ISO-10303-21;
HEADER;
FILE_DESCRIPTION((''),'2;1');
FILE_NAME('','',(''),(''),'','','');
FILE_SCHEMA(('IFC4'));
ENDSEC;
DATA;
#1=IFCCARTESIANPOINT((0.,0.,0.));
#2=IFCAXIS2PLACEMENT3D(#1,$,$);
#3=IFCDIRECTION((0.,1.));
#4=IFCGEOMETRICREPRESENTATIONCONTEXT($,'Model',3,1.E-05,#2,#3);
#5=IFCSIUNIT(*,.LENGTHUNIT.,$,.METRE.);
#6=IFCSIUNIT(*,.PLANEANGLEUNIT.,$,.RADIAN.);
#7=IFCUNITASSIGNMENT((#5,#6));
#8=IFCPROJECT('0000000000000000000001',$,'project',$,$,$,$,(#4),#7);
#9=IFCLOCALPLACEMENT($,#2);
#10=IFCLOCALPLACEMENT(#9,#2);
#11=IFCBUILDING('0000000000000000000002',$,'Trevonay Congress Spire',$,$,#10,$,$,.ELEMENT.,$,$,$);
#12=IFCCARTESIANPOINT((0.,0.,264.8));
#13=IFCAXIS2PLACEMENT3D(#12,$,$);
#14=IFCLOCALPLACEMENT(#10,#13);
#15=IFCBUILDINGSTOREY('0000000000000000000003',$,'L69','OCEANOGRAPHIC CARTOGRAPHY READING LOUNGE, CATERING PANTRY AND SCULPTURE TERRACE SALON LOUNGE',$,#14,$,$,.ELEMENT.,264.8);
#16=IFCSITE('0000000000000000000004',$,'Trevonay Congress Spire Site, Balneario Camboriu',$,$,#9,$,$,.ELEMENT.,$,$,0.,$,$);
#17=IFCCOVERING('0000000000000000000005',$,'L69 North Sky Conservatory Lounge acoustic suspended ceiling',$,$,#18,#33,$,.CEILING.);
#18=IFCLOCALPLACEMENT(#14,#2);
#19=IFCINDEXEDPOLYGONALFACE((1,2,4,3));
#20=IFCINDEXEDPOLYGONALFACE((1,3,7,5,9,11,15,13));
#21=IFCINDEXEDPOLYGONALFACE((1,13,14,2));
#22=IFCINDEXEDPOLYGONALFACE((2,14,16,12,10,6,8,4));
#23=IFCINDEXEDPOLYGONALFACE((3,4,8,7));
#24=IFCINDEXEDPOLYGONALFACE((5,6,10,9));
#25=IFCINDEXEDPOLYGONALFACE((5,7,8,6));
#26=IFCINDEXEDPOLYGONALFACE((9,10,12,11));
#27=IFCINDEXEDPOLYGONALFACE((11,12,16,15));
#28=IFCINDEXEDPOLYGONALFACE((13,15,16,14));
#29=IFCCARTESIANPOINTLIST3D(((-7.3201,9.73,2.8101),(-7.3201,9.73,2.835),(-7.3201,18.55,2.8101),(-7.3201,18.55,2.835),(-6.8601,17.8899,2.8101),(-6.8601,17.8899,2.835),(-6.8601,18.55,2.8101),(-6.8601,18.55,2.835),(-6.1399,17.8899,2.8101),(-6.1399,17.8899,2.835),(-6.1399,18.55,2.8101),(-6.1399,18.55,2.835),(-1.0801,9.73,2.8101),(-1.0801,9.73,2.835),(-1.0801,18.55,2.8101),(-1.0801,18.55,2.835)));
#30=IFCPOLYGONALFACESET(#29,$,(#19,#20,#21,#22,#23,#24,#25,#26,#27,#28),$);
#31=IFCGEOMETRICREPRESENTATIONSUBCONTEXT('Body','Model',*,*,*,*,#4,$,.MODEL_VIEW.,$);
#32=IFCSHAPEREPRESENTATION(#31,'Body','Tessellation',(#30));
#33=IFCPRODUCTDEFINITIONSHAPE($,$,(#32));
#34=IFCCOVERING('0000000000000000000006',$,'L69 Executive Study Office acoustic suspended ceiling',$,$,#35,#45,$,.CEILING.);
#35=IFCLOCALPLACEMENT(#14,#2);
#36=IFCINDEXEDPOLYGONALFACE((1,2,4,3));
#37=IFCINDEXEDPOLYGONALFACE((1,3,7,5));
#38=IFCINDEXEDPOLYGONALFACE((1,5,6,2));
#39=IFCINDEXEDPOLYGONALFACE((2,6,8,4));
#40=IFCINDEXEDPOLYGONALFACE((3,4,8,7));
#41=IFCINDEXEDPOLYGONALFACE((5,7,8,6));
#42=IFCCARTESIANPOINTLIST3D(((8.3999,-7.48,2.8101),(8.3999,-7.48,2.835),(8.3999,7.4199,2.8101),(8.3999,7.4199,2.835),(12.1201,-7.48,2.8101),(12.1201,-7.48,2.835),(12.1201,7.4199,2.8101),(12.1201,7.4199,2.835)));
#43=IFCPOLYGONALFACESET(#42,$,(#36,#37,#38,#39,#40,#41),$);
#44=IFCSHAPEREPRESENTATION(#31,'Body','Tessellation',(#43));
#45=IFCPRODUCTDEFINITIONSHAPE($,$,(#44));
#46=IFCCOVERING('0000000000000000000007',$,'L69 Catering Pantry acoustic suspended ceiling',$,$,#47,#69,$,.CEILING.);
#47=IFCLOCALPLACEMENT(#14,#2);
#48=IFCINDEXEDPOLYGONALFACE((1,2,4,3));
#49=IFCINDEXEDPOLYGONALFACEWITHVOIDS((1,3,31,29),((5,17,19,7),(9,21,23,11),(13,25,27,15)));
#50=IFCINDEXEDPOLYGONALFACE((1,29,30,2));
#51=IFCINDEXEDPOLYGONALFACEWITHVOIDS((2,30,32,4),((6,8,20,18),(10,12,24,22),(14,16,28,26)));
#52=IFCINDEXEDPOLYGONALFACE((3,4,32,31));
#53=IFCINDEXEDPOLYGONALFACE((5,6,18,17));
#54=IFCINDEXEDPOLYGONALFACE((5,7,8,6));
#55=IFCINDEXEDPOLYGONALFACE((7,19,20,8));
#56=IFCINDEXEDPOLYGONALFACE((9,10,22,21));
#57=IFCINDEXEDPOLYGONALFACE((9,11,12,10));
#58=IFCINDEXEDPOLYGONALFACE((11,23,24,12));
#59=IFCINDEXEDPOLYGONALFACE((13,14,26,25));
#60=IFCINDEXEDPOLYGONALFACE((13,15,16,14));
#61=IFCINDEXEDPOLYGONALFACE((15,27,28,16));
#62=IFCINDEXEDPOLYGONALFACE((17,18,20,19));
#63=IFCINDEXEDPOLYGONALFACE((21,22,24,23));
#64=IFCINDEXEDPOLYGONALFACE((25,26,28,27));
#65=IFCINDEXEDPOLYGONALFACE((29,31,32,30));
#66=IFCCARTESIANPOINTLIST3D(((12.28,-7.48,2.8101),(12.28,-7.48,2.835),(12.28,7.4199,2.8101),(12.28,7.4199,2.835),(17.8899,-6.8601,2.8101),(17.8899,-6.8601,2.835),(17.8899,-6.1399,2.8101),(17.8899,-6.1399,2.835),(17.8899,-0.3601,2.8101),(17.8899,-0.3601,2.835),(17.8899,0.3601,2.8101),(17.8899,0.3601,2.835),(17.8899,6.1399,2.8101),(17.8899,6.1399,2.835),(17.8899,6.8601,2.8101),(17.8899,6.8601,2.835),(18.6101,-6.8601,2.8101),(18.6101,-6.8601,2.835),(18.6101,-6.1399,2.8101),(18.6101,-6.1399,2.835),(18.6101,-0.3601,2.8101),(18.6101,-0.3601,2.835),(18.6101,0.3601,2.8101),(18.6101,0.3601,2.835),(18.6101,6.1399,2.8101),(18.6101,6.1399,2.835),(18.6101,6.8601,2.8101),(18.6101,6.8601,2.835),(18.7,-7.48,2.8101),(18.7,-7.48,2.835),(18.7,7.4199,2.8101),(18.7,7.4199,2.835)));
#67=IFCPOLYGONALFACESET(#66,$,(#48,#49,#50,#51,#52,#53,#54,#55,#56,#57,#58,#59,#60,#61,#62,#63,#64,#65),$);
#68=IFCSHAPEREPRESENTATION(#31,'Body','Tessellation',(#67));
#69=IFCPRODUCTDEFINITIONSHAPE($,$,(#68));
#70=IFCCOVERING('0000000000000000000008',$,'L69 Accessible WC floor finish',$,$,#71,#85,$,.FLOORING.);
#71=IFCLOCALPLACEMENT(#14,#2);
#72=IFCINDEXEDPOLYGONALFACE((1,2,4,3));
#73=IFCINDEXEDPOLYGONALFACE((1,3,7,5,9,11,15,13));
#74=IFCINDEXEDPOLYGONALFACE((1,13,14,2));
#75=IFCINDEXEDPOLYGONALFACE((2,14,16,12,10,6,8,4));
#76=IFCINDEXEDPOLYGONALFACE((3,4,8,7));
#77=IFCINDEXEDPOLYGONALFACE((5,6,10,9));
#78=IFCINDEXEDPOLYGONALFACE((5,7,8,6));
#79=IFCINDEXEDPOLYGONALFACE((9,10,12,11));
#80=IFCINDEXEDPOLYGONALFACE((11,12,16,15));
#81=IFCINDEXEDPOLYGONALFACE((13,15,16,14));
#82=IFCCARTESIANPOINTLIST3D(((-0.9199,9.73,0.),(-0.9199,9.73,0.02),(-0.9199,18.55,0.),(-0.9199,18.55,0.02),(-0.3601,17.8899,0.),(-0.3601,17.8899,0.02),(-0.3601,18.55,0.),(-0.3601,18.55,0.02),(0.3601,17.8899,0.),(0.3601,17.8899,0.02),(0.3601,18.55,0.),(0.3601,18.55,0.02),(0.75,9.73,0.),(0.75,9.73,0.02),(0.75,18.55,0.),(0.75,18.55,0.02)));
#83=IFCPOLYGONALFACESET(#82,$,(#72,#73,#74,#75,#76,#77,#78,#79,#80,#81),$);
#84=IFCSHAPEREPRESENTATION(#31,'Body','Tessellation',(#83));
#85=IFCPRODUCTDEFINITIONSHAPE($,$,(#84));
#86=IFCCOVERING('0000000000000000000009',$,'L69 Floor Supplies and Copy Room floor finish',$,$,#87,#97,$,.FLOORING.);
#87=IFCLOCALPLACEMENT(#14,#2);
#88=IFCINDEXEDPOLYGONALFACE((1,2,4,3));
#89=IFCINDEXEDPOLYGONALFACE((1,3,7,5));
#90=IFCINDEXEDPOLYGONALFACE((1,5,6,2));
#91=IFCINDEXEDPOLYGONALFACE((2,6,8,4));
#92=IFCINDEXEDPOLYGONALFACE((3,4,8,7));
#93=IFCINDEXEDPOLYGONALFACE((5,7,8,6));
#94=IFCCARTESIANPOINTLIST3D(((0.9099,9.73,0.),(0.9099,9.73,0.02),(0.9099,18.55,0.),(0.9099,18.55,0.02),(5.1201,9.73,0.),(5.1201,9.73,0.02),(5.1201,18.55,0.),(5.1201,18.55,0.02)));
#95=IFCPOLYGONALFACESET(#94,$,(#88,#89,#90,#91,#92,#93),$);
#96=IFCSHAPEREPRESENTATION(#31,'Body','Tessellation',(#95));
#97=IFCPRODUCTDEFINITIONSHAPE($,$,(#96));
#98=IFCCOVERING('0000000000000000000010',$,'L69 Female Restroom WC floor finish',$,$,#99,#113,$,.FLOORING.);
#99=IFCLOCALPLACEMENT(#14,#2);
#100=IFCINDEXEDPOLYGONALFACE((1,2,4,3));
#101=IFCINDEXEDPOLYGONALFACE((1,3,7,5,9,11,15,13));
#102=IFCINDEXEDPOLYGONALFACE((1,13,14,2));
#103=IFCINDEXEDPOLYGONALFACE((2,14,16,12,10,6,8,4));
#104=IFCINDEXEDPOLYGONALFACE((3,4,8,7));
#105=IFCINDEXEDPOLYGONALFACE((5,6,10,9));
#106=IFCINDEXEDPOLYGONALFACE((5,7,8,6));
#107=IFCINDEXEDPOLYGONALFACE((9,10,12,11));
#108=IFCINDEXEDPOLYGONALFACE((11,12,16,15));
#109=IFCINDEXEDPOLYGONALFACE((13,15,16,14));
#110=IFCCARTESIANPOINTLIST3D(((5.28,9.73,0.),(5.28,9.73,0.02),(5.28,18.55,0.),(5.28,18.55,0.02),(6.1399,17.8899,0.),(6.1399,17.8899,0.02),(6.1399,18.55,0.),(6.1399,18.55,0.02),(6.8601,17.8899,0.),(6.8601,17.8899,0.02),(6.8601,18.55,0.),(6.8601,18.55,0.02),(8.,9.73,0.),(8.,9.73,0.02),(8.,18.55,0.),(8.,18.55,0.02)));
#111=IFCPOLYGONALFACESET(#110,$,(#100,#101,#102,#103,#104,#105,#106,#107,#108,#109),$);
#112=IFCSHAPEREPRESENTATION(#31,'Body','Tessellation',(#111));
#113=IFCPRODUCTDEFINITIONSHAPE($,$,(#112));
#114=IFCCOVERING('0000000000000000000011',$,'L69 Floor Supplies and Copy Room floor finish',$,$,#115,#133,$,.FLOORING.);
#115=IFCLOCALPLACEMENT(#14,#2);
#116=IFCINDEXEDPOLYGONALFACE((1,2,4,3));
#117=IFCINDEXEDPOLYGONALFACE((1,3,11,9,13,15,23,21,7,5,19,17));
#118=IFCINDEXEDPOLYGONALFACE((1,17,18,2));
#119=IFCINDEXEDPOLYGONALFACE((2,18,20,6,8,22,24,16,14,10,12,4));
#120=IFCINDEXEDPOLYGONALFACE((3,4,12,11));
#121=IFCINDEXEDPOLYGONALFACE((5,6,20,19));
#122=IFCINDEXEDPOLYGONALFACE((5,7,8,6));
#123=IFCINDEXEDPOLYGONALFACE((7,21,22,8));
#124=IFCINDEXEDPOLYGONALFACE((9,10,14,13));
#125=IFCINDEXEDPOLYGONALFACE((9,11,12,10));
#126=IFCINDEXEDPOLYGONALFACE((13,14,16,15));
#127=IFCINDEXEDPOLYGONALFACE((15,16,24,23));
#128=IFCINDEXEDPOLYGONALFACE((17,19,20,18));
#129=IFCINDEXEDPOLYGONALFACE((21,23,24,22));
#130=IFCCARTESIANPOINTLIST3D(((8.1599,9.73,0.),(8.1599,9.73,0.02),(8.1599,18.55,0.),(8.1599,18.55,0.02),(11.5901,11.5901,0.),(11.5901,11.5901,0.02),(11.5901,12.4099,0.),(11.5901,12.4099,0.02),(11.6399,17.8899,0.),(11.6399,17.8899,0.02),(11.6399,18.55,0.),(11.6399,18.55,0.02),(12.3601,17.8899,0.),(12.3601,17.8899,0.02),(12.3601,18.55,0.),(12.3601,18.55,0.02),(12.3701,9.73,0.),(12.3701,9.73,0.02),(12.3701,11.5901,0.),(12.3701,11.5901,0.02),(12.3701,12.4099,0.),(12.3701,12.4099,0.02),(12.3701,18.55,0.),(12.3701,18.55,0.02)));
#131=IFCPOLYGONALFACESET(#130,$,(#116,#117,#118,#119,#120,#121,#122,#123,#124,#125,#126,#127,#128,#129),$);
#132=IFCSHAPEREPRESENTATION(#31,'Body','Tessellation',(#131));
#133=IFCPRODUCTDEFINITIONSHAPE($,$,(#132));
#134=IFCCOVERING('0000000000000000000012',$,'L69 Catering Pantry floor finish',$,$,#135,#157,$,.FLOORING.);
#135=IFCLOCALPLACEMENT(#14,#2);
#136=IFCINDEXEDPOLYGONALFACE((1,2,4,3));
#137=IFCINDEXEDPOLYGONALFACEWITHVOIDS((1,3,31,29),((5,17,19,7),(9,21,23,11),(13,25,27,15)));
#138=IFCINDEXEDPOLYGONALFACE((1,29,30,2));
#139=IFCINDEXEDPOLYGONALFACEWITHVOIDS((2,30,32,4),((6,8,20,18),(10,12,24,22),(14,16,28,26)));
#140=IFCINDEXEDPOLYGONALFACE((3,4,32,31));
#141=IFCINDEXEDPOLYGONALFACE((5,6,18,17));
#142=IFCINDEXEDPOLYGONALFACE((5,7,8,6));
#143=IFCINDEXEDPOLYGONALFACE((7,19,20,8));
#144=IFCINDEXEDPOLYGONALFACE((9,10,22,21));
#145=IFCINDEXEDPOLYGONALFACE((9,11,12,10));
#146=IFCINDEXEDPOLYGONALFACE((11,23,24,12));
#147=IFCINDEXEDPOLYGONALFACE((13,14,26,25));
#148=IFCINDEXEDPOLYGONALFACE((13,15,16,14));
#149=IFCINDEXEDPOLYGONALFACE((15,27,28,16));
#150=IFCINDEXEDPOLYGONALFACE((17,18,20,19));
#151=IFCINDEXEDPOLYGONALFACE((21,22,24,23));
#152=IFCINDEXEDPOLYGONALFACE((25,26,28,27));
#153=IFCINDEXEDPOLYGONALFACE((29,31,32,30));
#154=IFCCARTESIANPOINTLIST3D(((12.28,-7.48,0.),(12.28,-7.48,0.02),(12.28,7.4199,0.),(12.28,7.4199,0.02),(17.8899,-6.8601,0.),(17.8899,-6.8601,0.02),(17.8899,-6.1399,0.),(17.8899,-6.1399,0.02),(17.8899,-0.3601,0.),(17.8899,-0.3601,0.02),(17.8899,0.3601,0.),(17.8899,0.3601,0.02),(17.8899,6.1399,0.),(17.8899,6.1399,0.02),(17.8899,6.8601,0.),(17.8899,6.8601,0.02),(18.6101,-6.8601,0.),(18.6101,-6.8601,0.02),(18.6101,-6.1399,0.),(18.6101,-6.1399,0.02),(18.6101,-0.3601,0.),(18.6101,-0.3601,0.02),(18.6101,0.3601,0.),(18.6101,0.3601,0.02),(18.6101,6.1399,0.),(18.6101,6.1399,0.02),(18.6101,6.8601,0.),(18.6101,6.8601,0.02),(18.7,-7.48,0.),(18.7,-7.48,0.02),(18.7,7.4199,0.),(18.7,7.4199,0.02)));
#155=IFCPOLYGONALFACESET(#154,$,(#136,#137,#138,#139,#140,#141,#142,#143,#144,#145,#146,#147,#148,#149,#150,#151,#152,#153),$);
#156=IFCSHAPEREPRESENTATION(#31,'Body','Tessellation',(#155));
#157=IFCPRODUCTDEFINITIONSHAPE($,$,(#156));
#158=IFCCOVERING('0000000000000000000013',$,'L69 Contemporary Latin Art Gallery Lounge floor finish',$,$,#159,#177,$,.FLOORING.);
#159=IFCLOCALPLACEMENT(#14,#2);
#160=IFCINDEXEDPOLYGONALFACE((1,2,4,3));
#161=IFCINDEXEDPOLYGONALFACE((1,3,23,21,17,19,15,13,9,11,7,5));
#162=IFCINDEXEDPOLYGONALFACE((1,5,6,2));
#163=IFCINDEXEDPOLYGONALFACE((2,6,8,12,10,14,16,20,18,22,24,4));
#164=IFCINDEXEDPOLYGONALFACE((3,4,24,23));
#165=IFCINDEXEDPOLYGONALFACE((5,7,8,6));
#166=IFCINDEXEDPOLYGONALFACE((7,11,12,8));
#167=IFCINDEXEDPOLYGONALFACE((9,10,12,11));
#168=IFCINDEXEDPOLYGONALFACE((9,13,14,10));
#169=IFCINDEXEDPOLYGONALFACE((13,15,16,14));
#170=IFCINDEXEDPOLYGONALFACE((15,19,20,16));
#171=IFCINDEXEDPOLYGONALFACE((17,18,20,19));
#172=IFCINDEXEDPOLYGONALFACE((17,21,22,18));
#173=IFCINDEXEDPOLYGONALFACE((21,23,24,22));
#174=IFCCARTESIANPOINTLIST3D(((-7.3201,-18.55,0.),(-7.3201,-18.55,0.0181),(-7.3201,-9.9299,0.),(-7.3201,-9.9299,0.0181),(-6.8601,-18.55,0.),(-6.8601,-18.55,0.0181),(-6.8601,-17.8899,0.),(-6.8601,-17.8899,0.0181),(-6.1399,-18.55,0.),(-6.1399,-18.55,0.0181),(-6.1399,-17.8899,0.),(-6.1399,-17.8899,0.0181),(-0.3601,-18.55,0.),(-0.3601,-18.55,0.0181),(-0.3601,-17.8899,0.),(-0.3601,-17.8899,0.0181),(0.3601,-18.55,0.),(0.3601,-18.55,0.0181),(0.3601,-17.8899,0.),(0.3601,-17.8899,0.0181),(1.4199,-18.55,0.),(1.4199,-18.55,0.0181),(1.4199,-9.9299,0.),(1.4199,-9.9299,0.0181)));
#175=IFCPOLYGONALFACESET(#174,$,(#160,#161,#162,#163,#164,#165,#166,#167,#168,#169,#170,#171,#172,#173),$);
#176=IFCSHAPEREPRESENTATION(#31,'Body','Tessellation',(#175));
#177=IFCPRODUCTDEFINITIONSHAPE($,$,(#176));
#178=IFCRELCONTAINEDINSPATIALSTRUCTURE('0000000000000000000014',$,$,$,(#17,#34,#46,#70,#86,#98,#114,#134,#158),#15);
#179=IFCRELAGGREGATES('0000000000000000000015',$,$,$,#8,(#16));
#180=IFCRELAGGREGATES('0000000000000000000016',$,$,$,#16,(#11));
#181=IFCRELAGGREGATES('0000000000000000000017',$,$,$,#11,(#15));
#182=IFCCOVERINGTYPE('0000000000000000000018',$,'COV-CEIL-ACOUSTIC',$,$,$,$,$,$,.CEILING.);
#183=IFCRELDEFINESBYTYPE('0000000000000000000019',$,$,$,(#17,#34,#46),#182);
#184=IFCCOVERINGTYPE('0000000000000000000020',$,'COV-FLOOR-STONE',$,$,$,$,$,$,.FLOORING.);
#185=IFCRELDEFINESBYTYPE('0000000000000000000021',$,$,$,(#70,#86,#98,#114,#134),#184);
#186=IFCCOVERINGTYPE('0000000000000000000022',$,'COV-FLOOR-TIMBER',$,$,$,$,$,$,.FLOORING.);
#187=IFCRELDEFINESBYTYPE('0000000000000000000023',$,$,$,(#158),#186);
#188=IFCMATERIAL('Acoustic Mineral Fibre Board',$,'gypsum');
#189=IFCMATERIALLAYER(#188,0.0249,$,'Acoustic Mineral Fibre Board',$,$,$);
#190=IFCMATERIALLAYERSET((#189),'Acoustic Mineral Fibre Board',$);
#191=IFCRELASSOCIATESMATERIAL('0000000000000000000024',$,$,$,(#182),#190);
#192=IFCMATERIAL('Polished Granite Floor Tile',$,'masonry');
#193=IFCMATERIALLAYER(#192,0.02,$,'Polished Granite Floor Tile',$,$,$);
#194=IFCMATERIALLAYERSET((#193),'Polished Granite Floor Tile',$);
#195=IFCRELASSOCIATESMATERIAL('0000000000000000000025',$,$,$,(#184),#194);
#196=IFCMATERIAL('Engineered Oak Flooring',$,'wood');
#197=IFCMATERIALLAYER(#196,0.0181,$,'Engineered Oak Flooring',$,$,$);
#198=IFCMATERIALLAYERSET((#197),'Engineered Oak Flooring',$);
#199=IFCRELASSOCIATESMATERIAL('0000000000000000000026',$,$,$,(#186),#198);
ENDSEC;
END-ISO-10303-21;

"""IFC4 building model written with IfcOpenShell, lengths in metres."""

from ifc_helpers import new_model, si_unit, direction, frame, origin, place, context, subcontext, project, spatial, polyline, outline, extrude, material, layer, layer_set, type_object, element, save


model = new_model("IFC4")

# Units and contexts
model_context = context("Model", 3, precision=1e-05, world=origin(), true_north=direction((0.0, 1.0)))
body_context = subcontext(model_context, "Body", "Model", "MODEL_VIEW")
ifc_project = project(units=[si_unit("LENGTHUNIT", "METRE"), si_unit("PLANEANGLEUNIT", "RADIAN")], contexts=[model_context])

# Site, building, storey
site_placement = place(None, origin())
site = spatial("IfcSite", under=ifc_project, at=site_placement, Name="Trevonay Congress Spire Site, Balneario Camboriu", CompositionType="ELEMENT", RefElevation=0.0)
building_placement = place(site_placement, origin())
building = spatial("IfcBuilding", under=site, at=building_placement, Name="Trevonay Congress Spire", CompositionType="ELEMENT")
storey_placement = place(building_placement, frame((0.0, 0.0, 264.8)))
storey = spatial("IfcBuildingStorey", under=building, at=storey_placement, Name="L69", Description="OCEANOGRAPHIC CARTOGRAPHY READING LOUNGE, CATERING PANTRY AND SCULPTURE TERRACE SALON LOUNGE", CompositionType="ELEMENT", Elevation=264.8)

# Coverings
ifc_material_1 = material(Name="Acoustic Mineral Fibre Board", Category="gypsum")
ifc_layer_1 = layer(ifc_material_1, 0.0249, Name="Acoustic Mineral Fibre Board")
ifc_layer_set_1 = layer_set([ifc_layer_1], Name="Acoustic Mineral Fibre Board")
covering_type_1 = type_object("IfcCoveringType", Name="COV-CEIL-ACOUSTIC", PredefinedType="CEILING", material=ifc_layer_set_1)
covering_1_placement = place(storey_placement, frame((0.0, 0.0, 2.8101)))
element("IfcCovering", 1, at=covering_1_placement, inside=storey, type_object=covering_type_1, Name="L69 North Sky Conservatory Lounge acoustic suspended ceiling", PredefinedType="CEILING", context=body_context, shape_type="SweptSolid", body=[
    extrude(outline(polyline([(-1.0801, 18.55), (-1.0801, 9.73), (-7.3201, 9.73), (-7.3201, 18.55), (-6.8601, 18.55), (-6.8601, 17.8899), (-6.1399, 17.8899), (-6.1399, 18.55), (-1.0801, 18.55)])), origin(), (0.0, 0.0, 1.0), 0.0249),
])
covering_2_placement = place(storey_placement, frame((0.0, 0.0, 2.8101)))
element("IfcCovering", 2, at=covering_2_placement, inside=storey, type_object=covering_type_1, Name="L69 Executive Study Office acoustic suspended ceiling", PredefinedType="CEILING", context=body_context, shape_type="SweptSolid", body=[
    extrude(outline(polyline([(8.3999, -7.48), (12.1201, -7.48), (12.1201, 7.4199), (8.3999, 7.4199), (8.3999, -7.48)])), origin(), (0.0, 0.0, 1.0), 0.0249),
])
covering_3_placement = place(storey_placement, frame((0.0, 0.0, 2.8101)))
element("IfcCovering", 3, at=covering_3_placement, inside=storey, type_object=covering_type_1, Name="L69 Catering Pantry acoustic suspended ceiling", PredefinedType="CEILING", context=body_context, shape_type="SweptSolid", body=[
    extrude(outline(polyline([(12.28, 7.4199), (18.7, 7.4199), (18.7, -7.48), (12.28, -7.48), (12.28, 7.4199)]), holes=[polyline([(17.8899, -6.8601), (18.6101, -6.8601), (18.6101, -6.1399), (17.8899, -6.1399), (17.8899, -6.8601)]), polyline([(17.8899, 0.3601), (17.8899, -0.3601), (18.6101, -0.3601), (18.6101, 0.3601), (17.8899, 0.3601)]), polyline([(17.8899, 6.8601), (17.8899, 6.1399), (18.6101, 6.1399), (18.6101, 6.8601), (17.8899, 6.8601)])]), origin(), (0.0, 0.0, 1.0), 0.0249),
])
ifc_material_2 = material(Name="Polished Granite Floor Tile", Category="masonry")
ifc_layer_2 = layer(ifc_material_2, 0.02, Name="Polished Granite Floor Tile")
ifc_layer_set_2 = layer_set([ifc_layer_2], Name="Polished Granite Floor Tile")
covering_type_2 = type_object("IfcCoveringType", Name="COV-FLOOR-STONE", PredefinedType="FLOORING", material=ifc_layer_set_2)
covering_4_placement = place(storey_placement, origin())
element("IfcCovering", 4, at=covering_4_placement, inside=storey, type_object=covering_type_2, Name="L69 Accessible WC floor finish", PredefinedType="FLOORING", context=body_context, shape_type="SweptSolid", body=[
    extrude(outline(polyline([(0.75, 18.55), (0.75, 9.73), (-0.9199, 9.73), (-0.9199, 18.55), (-0.3601, 18.55), (-0.3601, 17.8899), (0.3601, 17.8899), (0.3601, 18.55), (0.75, 18.55)])), origin(), (0.0, 0.0, 1.0), 0.02),
])
covering_5_placement = place(storey_placement, origin())
element("IfcCovering", 5, at=covering_5_placement, inside=storey, type_object=covering_type_2, Name="L69 Floor Supplies and Copy Room floor finish", PredefinedType="FLOORING", context=body_context, shape_type="SweptSolid", body=[
    extrude(outline(polyline([(0.9099, 9.73), (5.1201, 9.73), (5.1201, 18.55), (0.9099, 18.55), (0.9099, 9.73)])), origin(), (0.0, 0.0, 1.0), 0.02),
])
covering_6_placement = place(storey_placement, origin())
element("IfcCovering", 6, at=covering_6_placement, inside=storey, type_object=covering_type_2, Name="L69 Female Restroom WC floor finish", PredefinedType="FLOORING", context=body_context, shape_type="SweptSolid", body=[
    extrude(outline(polyline([(8.0, 18.55), (8.0, 9.73), (5.28, 9.73), (5.28, 18.55), (6.1399, 18.55), (6.1399, 17.8899), (6.8601, 17.8899), (6.8601, 18.55), (8.0, 18.55)])), origin(), (0.0, 0.0, 1.0), 0.02),
])
covering_7_placement = place(storey_placement, origin())
element("IfcCovering", 7, at=covering_7_placement, inside=storey, type_object=covering_type_2, Name="L69 Floor Supplies and Copy Room floor finish", PredefinedType="FLOORING", context=body_context, shape_type="SweptSolid", body=[
    extrude(outline(polyline([(12.3701, 9.73), (8.1599, 9.73), (8.1599, 18.55), (11.6399, 18.55), (11.6399, 17.8899), (12.3601, 17.8899), (12.3601, 18.55), (12.3701, 18.55), (12.3701, 12.4099), (11.5901, 12.4099), (11.5901, 11.5901), (12.3701, 11.5901), (12.3701, 9.73)])), origin(), (0.0, 0.0, 1.0), 0.02),
])
covering_8_placement = place(storey_placement, origin())
element("IfcCovering", 8, at=covering_8_placement, inside=storey, type_object=covering_type_2, Name="L69 Catering Pantry floor finish", PredefinedType="FLOORING", context=body_context, shape_type="SweptSolid", body=[
    extrude(outline(polyline([(12.28, 7.4199), (18.7, 7.4199), (18.7, -7.48), (12.28, -7.48), (12.28, 7.4199)]), holes=[polyline([(17.8899, -6.8601), (18.6101, -6.8601), (18.6101, -6.1399), (17.8899, -6.1399), (17.8899, -6.8601)]), polyline([(17.8899, 0.3601), (17.8899, -0.3601), (18.6101, -0.3601), (18.6101, 0.3601), (17.8899, 0.3601)]), polyline([(17.8899, 6.8601), (17.8899, 6.1399), (18.6101, 6.1399), (18.6101, 6.8601), (17.8899, 6.8601)])]), origin(), (0.0, 0.0, 1.0), 0.02),
])
ifc_material_3 = material(Name="Engineered Oak Flooring", Category="wood")
ifc_layer_3 = layer(ifc_material_3, 0.0181, Name="Engineered Oak Flooring")
ifc_layer_set_3 = layer_set([ifc_layer_3], Name="Engineered Oak Flooring")
covering_type_3 = type_object("IfcCoveringType", Name="COV-FLOOR-TIMBER", PredefinedType="FLOORING", material=ifc_layer_set_3)
covering_9_placement = place(storey_placement, origin())
element("IfcCovering", 9, at=covering_9_placement, inside=storey, type_object=covering_type_3, Name="L69 Contemporary Latin Art Gallery Lounge floor finish", PredefinedType="FLOORING", context=body_context, shape_type="SweptSolid", body=[
    extrude(outline(polyline([(-7.3201, -18.55), (-7.3201, -9.9299), (1.4199, -9.9299), (1.4199, -18.55), (0.3601, -18.55), (0.3601, -17.8899), (-0.3601, -17.8899), (-0.3601, -18.55), (-6.1399, -18.55), (-6.1399, -17.8899), (-6.8601, -17.8899), (-6.8601, -18.55), (-7.3201, -18.55)])), origin(), (0.0, 0.0, 1.0), 0.0181),
])

save(model, "model.ifc")
